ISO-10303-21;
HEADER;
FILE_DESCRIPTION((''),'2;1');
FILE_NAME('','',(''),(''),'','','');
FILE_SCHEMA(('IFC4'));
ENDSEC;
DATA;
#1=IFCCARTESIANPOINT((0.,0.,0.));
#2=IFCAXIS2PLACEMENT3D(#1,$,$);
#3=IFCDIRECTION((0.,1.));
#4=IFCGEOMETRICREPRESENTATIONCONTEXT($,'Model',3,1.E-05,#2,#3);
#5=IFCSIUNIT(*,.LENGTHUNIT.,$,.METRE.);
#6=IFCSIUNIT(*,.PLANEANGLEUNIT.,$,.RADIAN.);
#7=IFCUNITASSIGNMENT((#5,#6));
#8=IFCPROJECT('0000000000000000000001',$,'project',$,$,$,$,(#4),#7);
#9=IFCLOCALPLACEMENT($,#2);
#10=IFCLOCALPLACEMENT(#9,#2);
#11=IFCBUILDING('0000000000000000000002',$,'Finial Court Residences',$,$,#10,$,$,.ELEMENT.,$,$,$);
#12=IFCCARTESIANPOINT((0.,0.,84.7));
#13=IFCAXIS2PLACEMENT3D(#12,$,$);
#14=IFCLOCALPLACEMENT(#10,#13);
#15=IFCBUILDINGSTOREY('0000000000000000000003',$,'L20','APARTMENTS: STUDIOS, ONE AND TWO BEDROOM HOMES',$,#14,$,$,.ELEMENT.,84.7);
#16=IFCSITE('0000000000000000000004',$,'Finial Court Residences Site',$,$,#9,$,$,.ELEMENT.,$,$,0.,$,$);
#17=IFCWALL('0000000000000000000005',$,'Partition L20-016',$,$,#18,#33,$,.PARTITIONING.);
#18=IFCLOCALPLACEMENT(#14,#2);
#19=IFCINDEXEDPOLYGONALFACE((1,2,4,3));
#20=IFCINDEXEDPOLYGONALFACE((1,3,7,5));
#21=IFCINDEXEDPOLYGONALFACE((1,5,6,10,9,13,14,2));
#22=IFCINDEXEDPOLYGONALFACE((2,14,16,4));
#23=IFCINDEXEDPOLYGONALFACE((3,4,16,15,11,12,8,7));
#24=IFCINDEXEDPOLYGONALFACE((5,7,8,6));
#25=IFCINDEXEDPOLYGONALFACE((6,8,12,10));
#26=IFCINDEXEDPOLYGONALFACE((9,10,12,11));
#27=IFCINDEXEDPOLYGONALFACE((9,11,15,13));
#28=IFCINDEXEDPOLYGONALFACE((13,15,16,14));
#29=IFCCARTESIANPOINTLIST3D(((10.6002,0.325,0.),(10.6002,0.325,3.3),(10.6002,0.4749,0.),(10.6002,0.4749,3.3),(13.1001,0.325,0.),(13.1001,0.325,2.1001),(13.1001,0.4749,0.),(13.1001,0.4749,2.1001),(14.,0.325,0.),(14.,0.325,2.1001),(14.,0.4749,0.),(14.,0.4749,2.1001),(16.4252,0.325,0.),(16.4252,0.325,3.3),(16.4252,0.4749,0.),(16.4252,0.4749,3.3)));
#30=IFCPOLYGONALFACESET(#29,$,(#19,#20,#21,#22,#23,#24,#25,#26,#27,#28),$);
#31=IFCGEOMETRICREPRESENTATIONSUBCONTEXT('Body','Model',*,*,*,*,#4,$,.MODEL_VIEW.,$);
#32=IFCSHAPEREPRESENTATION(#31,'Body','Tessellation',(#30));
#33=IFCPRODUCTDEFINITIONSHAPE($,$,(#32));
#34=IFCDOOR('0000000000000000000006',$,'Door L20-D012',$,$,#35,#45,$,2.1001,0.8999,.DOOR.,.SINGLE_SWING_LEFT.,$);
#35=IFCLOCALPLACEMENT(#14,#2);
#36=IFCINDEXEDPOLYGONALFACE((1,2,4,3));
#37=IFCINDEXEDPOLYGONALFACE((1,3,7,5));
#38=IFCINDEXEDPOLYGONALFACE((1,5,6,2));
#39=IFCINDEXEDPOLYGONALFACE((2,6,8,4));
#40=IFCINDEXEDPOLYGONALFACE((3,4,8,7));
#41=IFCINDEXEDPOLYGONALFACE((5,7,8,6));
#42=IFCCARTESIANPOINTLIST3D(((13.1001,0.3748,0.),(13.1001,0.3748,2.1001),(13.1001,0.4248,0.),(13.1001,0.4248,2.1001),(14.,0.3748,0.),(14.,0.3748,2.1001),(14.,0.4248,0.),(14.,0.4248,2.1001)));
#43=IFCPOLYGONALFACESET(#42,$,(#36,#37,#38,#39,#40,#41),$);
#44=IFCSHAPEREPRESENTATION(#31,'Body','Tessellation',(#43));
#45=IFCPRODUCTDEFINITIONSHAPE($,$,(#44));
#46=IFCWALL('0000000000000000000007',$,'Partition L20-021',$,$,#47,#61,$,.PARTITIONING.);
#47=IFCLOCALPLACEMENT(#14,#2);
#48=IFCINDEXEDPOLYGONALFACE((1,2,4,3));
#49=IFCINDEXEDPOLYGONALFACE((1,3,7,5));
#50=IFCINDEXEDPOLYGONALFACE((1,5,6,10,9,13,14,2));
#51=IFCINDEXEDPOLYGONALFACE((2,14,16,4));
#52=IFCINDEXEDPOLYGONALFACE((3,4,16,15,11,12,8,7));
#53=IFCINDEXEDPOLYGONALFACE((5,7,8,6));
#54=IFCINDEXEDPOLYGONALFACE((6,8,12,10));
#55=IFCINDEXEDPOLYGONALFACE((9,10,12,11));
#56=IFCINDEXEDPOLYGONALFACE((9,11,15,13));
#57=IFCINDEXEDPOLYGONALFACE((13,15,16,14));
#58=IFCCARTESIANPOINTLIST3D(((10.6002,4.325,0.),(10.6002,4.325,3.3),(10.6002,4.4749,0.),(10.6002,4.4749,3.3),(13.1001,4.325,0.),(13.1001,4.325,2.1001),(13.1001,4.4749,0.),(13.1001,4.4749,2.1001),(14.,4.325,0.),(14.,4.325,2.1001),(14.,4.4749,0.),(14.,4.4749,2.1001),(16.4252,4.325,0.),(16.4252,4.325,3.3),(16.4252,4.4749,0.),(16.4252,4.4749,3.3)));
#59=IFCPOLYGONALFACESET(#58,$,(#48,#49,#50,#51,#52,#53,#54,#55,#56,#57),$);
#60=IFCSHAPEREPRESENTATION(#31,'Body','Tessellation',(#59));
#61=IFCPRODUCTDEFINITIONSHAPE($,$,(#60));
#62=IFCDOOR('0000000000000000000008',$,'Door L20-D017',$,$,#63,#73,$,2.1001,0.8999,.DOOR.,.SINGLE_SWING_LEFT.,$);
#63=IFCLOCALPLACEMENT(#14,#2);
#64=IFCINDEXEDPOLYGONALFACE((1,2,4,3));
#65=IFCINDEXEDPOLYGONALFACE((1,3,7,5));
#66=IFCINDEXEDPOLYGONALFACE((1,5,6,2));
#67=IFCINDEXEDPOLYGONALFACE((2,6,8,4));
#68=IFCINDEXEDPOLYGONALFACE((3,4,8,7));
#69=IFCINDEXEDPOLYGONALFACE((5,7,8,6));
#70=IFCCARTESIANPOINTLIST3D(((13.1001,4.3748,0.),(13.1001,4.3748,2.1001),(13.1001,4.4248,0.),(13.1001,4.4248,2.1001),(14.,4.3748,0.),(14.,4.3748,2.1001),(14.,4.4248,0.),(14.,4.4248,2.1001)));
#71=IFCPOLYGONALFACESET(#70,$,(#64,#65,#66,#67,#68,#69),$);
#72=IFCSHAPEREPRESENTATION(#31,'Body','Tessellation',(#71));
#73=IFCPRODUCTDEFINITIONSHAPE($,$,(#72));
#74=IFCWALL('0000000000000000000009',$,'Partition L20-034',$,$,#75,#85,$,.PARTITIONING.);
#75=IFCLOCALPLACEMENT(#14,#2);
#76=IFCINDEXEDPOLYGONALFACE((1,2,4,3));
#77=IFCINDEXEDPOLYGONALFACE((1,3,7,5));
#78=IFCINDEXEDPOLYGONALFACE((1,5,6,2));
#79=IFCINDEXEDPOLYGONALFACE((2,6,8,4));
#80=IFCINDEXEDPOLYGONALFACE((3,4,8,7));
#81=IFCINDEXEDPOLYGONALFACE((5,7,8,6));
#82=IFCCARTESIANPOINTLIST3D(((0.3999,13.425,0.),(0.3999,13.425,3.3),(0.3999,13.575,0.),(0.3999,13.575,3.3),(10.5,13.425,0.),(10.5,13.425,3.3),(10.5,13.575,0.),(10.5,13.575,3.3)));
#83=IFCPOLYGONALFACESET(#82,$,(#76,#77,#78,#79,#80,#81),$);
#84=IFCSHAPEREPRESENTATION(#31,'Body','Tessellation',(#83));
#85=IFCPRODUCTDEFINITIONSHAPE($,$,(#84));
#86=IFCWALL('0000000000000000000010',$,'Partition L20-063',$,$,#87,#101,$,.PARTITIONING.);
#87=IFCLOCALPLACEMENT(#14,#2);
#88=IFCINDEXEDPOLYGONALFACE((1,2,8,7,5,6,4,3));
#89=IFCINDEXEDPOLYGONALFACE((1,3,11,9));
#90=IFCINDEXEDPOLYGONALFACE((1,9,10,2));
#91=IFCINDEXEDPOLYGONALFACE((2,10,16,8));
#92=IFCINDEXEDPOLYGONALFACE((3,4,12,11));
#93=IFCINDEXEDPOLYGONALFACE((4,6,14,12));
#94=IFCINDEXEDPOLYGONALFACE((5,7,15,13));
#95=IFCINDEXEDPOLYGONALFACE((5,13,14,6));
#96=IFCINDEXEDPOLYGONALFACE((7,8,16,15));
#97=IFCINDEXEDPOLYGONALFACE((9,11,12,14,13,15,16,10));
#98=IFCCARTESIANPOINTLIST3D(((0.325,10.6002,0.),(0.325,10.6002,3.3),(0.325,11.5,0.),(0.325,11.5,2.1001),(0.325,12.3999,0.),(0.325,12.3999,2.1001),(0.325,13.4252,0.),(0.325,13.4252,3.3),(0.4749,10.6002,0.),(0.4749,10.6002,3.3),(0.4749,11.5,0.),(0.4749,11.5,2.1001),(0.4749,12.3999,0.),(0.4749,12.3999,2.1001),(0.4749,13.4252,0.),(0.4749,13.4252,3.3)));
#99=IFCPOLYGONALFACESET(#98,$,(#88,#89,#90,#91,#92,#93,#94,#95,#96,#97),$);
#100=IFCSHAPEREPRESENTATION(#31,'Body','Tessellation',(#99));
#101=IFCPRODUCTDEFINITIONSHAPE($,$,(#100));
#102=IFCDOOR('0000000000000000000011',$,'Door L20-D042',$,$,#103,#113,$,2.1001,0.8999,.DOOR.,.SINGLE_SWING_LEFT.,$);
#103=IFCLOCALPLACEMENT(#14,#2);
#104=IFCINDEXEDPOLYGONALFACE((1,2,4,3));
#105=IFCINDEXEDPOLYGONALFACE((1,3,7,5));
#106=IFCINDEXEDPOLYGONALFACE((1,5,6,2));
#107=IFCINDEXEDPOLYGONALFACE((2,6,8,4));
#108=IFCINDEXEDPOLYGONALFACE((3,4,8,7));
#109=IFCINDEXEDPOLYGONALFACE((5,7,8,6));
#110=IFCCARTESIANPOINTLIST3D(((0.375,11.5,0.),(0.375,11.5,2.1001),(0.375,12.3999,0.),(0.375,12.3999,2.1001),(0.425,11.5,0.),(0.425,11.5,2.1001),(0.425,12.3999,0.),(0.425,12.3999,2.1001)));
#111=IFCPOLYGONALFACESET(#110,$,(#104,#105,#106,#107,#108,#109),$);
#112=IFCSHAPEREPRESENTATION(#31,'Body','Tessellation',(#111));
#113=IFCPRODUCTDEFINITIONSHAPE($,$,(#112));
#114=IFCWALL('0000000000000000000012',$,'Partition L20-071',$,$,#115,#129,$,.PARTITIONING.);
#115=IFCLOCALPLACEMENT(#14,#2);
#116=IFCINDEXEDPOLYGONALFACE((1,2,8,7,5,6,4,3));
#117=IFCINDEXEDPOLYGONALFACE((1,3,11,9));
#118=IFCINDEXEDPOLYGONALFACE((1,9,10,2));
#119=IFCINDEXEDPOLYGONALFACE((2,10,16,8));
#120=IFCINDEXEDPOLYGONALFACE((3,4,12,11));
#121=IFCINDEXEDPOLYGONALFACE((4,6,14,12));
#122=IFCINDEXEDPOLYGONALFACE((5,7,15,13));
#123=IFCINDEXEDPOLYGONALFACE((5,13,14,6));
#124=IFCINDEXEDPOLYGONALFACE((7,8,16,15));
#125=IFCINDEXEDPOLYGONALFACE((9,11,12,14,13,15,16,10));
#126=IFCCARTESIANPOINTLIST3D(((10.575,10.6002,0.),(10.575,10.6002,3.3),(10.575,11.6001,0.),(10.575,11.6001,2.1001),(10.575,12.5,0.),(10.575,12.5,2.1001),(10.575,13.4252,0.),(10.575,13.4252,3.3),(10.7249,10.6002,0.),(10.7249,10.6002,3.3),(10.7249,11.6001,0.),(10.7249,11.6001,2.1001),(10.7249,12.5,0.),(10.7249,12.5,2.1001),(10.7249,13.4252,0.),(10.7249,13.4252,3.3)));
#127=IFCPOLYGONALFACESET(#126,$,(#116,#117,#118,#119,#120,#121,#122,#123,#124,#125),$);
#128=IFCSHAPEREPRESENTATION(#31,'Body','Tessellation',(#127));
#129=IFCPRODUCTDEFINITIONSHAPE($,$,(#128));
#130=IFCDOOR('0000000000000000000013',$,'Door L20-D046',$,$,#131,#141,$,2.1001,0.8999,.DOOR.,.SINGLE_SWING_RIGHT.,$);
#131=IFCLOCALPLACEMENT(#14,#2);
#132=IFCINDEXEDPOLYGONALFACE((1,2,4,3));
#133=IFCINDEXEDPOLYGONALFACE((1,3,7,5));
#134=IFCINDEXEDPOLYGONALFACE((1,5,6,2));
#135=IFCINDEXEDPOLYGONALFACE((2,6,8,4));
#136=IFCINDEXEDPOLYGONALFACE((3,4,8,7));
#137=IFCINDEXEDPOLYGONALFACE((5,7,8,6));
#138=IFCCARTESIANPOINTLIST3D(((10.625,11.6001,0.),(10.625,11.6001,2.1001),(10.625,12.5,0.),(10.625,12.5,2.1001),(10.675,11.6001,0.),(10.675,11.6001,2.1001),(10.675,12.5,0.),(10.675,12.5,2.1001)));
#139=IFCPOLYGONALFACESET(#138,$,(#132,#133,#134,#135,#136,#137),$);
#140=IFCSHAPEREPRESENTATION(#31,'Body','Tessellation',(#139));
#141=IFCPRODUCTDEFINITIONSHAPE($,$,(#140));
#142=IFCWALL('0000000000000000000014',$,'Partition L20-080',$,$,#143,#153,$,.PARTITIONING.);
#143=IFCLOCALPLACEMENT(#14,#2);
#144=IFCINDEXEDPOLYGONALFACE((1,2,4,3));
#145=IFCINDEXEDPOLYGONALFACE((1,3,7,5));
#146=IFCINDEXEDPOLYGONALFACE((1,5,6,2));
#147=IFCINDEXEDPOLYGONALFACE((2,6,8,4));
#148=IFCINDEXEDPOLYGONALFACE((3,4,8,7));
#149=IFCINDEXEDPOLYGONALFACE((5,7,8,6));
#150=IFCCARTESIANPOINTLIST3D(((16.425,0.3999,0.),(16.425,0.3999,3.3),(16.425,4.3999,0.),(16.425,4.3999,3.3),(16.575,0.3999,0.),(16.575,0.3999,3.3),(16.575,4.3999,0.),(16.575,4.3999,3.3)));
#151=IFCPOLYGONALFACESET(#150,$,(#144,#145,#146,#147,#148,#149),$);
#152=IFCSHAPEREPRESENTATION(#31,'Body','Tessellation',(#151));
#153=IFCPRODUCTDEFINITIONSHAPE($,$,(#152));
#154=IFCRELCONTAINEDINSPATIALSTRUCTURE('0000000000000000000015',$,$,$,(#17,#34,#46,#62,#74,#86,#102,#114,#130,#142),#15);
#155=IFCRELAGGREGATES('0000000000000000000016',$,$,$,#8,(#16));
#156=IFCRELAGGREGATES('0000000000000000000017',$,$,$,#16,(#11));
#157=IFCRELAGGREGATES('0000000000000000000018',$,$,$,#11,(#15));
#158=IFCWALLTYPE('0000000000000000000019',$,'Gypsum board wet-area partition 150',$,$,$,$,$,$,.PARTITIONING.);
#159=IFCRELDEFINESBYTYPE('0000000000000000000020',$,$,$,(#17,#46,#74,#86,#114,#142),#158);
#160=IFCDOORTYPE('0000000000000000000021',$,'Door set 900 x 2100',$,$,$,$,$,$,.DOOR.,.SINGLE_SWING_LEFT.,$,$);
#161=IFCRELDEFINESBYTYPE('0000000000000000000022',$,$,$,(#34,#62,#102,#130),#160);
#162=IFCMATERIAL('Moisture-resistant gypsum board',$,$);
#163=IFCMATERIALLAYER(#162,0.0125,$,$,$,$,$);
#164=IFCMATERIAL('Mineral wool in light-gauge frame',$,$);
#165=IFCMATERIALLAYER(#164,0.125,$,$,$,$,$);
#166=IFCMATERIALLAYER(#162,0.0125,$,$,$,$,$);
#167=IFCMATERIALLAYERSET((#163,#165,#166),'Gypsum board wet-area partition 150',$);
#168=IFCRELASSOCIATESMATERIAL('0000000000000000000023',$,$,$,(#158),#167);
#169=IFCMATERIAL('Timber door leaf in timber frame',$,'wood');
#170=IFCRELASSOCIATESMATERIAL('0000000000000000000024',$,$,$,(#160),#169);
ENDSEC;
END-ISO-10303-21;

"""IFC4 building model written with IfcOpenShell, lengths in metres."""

from ifc_helpers import new_model, si_unit, direction, frame, frame_2d, origin, place, context, subcontext, project, spatial, rectangle, extrude, material, layer, layer_set, type_object, element, fill, save


model = new_model("IFC4")

# Units and contexts
model_context = context("Model", 3, precision=1e-05, world=origin(), true_north=direction((0.0, 1.0)))
body_context = subcontext(model_context, "Body", "Model", "MODEL_VIEW")
ifc_project = project(units=[si_unit("LENGTHUNIT", "METRE"), si_unit("PLANEANGLEUNIT", "RADIAN")], contexts=[model_context])

# Site, building, storey
site_placement = place(None, origin())
site = spatial("IfcSite", under=ifc_project, at=site_placement, Name="Finial Court Residences Site", CompositionType="ELEMENT", RefElevation=0.0)
building_placement = place(site_placement, origin())
building = spatial("IfcBuilding", under=site, at=building_placement, Name="Finial Court Residences", CompositionType="ELEMENT")
storey_placement = place(building_placement, frame((0.0, 0.0, 84.7)))
storey = spatial("IfcBuildingStorey", under=building, at=storey_placement, Name="L20", Description="APARTMENTS: STUDIOS, ONE AND TWO BEDROOM HOMES", CompositionType="ELEMENT", Elevation=84.7)

# Shared definitions
ifc_material_1 = material(Name="Mineral wool in light-gauge frame")

# Walls, openings, doors
ifc_material_2 = material(Name="Moisture-resistant gypsum board")
ifc_layer_1 = layer(ifc_material_2, 0.0125)
ifc_layer_2 = layer(ifc_material_1, 0.125)
ifc_layer_3 = layer(ifc_material_2, 0.0125)
ifc_layer_set_1 = layer_set([ifc_layer_1, ifc_layer_2, ifc_layer_3], Name="Gypsum board wet-area partition 150")
wall_type_1 = type_object("IfcWallType", Name="Gypsum board wet-area partition 150", PredefinedType="PARTITIONING", material=ifc_layer_set_1)
wall_1_placement = place(storey_placement, frame((10.6001, 0.3999, 0.0), z_axis=(0.0, 0.0, 1.0), x_axis=(1.0, 0.0, 0.0)))
wall_1 = element("IfcWall", 1, at=wall_1_placement, inside=storey, type_object=wall_type_1, Name="Partition L20-016", PredefinedType="PARTITIONING", context=body_context, shape_type="SweptSolid", body=[
    extrude(rectangle(XDim=5.825, YDim=0.1499, at=frame_2d((2.9126, 0.0))), origin(), (0.0, 0.0, 1.0), 3.3),
])
opening_1_placement = place(wall_1_placement, frame((2.5, 0.0, 0.0)))
opening_1 = element("IfcOpeningElement", 2, at=opening_1_placement, cuts=wall_1, PredefinedType="OPENING", context=body_context, shape_type="SweptSolid", body=[
    extrude(rectangle(XDim=0.8999, YDim=2.1001, at=frame_2d((0.45, 1.05))), frame((0.0, 0.085, 0.0), z_axis=(0.0, -1.0, 0.0), x_axis=(1.0, 0.0, 0.0)), (0.0, 0.0, 1.0), 0.1699),
])
ifc_material_3 = material(Name="Timber door leaf in timber frame", Category="wood")
door_type = type_object("IfcDoorType", Name="Door set 900 x 2100", OperationType="SINGLE_SWING_LEFT", PredefinedType="DOOR", material=ifc_material_3)
door_1_placement = place(opening_1_placement, origin())
door_1 = element("IfcDoor", 3, at=door_1_placement, inside=storey, type_object=door_type, Name="Door L20-D012", OperationType="SINGLE_SWING_LEFT", OverallHeight=2.1001, OverallWidth=0.8999, PredefinedType="DOOR", context=body_context, shape_type="SweptSolid", body=[
    extrude(rectangle(XDim=0.8999, YDim=2.1001, at=frame_2d((0.45, 1.05))), frame((0.0, 0.0249, 0.0), z_axis=(0.0, -1.0, 0.0), x_axis=(1.0, 0.0, 0.0)), (0.0, 0.0, 1.0), 0.05),
])
fill(opening_1, door_1)
wall_2_placement = place(storey_placement, frame((10.6001, 4.3999, 0.0), z_axis=(0.0, 0.0, 1.0), x_axis=(1.0, 0.0, 0.0)))
wall_2 = element("IfcWall", 4, at=wall_2_placement, inside=storey, type_object=wall_type_1, Name="Partition L20-021", PredefinedType="PARTITIONING", context=body_context, shape_type="SweptSolid", body=[
    extrude(rectangle(XDim=5.825, YDim=0.1499, at=frame_2d((2.9126, 0.0))), origin(), (0.0, 0.0, 1.0), 3.3),
])
opening_2_placement = place(wall_2_placement, frame((2.5, 0.0, 0.0)))
opening_2 = element("IfcOpeningElement", 5, at=opening_2_placement, cuts=wall_2, PredefinedType="OPENING", context=body_context, shape_type="SweptSolid", body=[
    extrude(rectangle(XDim=0.8999, YDim=2.1001, at=frame_2d((0.45, 1.05))), frame((0.0, 0.085, 0.0), z_axis=(0.0, -1.0, 0.0), x_axis=(1.0, 0.0, 0.0)), (0.0, 0.0, 1.0), 0.1699),
])
door_2_placement = place(opening_2_placement, origin())
door_2 = element("IfcDoor", 6, at=door_2_placement, inside=storey, type_object=door_type, Name="Door L20-D017", OperationType="SINGLE_SWING_LEFT", OverallHeight=2.1001, OverallWidth=0.8999, PredefinedType="DOOR", context=body_context, shape_type="SweptSolid", body=[
    extrude(rectangle(XDim=0.8999, YDim=2.1001, at=frame_2d((0.45, 1.05))), frame((0.0, 0.0249, 0.0), z_axis=(0.0, -1.0, 0.0), x_axis=(1.0, 0.0, 0.0)), (0.0, 0.0, 1.0), 0.05),
])
fill(opening_2, door_2)

# Wall
wall_3_placement = place(storey_placement, frame((0.3999, 13.5, 0.0), z_axis=(0.0, 0.0, 1.0), x_axis=(1.0, 0.0, 0.0)))
element("IfcWall", 7, at=wall_3_placement, inside=storey, type_object=wall_type_1, Name="Partition L20-034", PredefinedType="PARTITIONING", context=body_context, shape_type="SweptSolid", body=[
    extrude(rectangle(XDim=10.1001, YDim=0.1499, at=frame_2d((5.05, 0.0))), origin(), (0.0, 0.0, 1.0), 3.3),
])

# Walls, openings, doors
wall_4_placement = place(storey_placement, frame((0.3999, 10.6001, 0.0), z_axis=(0.0, 0.0, 1.0), x_axis=(0.0, 1.0, 0.0)))
wall_4 = element("IfcWall", 8, at=wall_4_placement, inside=storey, type_object=wall_type_1, Name="Partition L20-063", PredefinedType="PARTITIONING", context=body_context, shape_type="SweptSolid", body=[
    extrude(rectangle(XDim=2.825, YDim=0.1499, at=frame_2d((1.4126, 0.0))), origin(), (0.0, 0.0, 1.0), 3.3),
])
opening_3_placement = place(wall_4_placement, frame((0.8999, 0.0, 0.0)))
opening_3 = element("IfcOpeningElement", 9, at=opening_3_placement, cuts=wall_4, PredefinedType="OPENING", context=body_context, shape_type="SweptSolid", body=[
    extrude(rectangle(XDim=0.8999, YDim=2.1001, at=frame_2d((0.45, 1.05))), frame((0.0, 0.085, 0.0), z_axis=(0.0, -1.0, 0.0), x_axis=(1.0, 0.0, 0.0)), (0.0, 0.0, 1.0), 0.1699),
])
door_3_placement = place(opening_3_placement, origin())
door_3 = element("IfcDoor", 10, at=door_3_placement, inside=storey, type_object=door_type, Name="Door L20-D042", OperationType="SINGLE_SWING_LEFT", OverallHeight=2.1001, OverallWidth=0.8999, PredefinedType="DOOR", context=body_context, shape_type="SweptSolid", body=[
    extrude(rectangle(XDim=0.8999, YDim=2.1001, at=frame_2d((0.45, 1.05))), frame((0.0, 0.0249, 0.0), z_axis=(0.0, -1.0, 0.0), x_axis=(1.0, 0.0, 0.0)), (0.0, 0.0, 1.0), 0.05),
])
fill(opening_3, door_3)
wall_5_placement = place(storey_placement, frame((10.6499, 10.6001, 0.0), z_axis=(0.0, 0.0, 1.0), x_axis=(0.0, 1.0, 0.0)))
wall_5 = element("IfcWall", 11, at=wall_5_placement, inside=storey, type_object=wall_type_1, Name="Partition L20-071", PredefinedType="PARTITIONING", context=body_context, shape_type="SweptSolid", body=[
    extrude(rectangle(XDim=2.825, YDim=0.1499, at=frame_2d((1.4126, 0.0))), origin(), (0.0, 0.0, 1.0), 3.3),
])
opening_4_placement = place(wall_5_placement, frame((1.0, 0.0, 0.0)))
opening_4 = element("IfcOpeningElement", 12, at=opening_4_placement, cuts=wall_5, PredefinedType="OPENING", context=body_context, shape_type="SweptSolid", body=[
    extrude(rectangle(XDim=0.8999, YDim=2.1001, at=frame_2d((0.45, 1.05))), frame((0.0, 0.085, 0.0), z_axis=(0.0, -1.0, 0.0), x_axis=(1.0, 0.0, 0.0)), (0.0, 0.0, 1.0), 0.1699),
])
door_4_placement = place(opening_4_placement, origin())
door_4 = element("IfcDoor", 13, at=door_4_placement, inside=storey, type_object=door_type, Name="Door L20-D046", OperationType="SINGLE_SWING_RIGHT", OverallHeight=2.1001, OverallWidth=0.8999, PredefinedType="DOOR", context=body_context, shape_type="SweptSolid", body=[
    extrude(rectangle(XDim=0.8999, YDim=2.1001, at=frame_2d((0.45, 1.05))), frame((0.0, 0.0249, 0.0), z_axis=(0.0, -1.0, 0.0), x_axis=(1.0, 0.0, 0.0)), (0.0, 0.0, 1.0), 0.05),
])
fill(opening_4, door_4)

# Wall
wall_6_placement = place(storey_placement, frame((16.5, 0.3999, 0.0), z_axis=(0.0, 0.0, 1.0), x_axis=(0.0, 1.0, 0.0)))
element("IfcWall", 14, at=wall_6_placement, inside=storey, type_object=wall_type_1, Name="Partition L20-080", PredefinedType="PARTITIONING", context=body_context, shape_type="SweptSolid", body=[
    extrude(rectangle(XDim=4.0, YDim=0.1499, at=frame_2d((2.0, 0.0))), origin(), (0.0, 0.0, 1.0), 3.3),
])

save(model, "model.ifc")
